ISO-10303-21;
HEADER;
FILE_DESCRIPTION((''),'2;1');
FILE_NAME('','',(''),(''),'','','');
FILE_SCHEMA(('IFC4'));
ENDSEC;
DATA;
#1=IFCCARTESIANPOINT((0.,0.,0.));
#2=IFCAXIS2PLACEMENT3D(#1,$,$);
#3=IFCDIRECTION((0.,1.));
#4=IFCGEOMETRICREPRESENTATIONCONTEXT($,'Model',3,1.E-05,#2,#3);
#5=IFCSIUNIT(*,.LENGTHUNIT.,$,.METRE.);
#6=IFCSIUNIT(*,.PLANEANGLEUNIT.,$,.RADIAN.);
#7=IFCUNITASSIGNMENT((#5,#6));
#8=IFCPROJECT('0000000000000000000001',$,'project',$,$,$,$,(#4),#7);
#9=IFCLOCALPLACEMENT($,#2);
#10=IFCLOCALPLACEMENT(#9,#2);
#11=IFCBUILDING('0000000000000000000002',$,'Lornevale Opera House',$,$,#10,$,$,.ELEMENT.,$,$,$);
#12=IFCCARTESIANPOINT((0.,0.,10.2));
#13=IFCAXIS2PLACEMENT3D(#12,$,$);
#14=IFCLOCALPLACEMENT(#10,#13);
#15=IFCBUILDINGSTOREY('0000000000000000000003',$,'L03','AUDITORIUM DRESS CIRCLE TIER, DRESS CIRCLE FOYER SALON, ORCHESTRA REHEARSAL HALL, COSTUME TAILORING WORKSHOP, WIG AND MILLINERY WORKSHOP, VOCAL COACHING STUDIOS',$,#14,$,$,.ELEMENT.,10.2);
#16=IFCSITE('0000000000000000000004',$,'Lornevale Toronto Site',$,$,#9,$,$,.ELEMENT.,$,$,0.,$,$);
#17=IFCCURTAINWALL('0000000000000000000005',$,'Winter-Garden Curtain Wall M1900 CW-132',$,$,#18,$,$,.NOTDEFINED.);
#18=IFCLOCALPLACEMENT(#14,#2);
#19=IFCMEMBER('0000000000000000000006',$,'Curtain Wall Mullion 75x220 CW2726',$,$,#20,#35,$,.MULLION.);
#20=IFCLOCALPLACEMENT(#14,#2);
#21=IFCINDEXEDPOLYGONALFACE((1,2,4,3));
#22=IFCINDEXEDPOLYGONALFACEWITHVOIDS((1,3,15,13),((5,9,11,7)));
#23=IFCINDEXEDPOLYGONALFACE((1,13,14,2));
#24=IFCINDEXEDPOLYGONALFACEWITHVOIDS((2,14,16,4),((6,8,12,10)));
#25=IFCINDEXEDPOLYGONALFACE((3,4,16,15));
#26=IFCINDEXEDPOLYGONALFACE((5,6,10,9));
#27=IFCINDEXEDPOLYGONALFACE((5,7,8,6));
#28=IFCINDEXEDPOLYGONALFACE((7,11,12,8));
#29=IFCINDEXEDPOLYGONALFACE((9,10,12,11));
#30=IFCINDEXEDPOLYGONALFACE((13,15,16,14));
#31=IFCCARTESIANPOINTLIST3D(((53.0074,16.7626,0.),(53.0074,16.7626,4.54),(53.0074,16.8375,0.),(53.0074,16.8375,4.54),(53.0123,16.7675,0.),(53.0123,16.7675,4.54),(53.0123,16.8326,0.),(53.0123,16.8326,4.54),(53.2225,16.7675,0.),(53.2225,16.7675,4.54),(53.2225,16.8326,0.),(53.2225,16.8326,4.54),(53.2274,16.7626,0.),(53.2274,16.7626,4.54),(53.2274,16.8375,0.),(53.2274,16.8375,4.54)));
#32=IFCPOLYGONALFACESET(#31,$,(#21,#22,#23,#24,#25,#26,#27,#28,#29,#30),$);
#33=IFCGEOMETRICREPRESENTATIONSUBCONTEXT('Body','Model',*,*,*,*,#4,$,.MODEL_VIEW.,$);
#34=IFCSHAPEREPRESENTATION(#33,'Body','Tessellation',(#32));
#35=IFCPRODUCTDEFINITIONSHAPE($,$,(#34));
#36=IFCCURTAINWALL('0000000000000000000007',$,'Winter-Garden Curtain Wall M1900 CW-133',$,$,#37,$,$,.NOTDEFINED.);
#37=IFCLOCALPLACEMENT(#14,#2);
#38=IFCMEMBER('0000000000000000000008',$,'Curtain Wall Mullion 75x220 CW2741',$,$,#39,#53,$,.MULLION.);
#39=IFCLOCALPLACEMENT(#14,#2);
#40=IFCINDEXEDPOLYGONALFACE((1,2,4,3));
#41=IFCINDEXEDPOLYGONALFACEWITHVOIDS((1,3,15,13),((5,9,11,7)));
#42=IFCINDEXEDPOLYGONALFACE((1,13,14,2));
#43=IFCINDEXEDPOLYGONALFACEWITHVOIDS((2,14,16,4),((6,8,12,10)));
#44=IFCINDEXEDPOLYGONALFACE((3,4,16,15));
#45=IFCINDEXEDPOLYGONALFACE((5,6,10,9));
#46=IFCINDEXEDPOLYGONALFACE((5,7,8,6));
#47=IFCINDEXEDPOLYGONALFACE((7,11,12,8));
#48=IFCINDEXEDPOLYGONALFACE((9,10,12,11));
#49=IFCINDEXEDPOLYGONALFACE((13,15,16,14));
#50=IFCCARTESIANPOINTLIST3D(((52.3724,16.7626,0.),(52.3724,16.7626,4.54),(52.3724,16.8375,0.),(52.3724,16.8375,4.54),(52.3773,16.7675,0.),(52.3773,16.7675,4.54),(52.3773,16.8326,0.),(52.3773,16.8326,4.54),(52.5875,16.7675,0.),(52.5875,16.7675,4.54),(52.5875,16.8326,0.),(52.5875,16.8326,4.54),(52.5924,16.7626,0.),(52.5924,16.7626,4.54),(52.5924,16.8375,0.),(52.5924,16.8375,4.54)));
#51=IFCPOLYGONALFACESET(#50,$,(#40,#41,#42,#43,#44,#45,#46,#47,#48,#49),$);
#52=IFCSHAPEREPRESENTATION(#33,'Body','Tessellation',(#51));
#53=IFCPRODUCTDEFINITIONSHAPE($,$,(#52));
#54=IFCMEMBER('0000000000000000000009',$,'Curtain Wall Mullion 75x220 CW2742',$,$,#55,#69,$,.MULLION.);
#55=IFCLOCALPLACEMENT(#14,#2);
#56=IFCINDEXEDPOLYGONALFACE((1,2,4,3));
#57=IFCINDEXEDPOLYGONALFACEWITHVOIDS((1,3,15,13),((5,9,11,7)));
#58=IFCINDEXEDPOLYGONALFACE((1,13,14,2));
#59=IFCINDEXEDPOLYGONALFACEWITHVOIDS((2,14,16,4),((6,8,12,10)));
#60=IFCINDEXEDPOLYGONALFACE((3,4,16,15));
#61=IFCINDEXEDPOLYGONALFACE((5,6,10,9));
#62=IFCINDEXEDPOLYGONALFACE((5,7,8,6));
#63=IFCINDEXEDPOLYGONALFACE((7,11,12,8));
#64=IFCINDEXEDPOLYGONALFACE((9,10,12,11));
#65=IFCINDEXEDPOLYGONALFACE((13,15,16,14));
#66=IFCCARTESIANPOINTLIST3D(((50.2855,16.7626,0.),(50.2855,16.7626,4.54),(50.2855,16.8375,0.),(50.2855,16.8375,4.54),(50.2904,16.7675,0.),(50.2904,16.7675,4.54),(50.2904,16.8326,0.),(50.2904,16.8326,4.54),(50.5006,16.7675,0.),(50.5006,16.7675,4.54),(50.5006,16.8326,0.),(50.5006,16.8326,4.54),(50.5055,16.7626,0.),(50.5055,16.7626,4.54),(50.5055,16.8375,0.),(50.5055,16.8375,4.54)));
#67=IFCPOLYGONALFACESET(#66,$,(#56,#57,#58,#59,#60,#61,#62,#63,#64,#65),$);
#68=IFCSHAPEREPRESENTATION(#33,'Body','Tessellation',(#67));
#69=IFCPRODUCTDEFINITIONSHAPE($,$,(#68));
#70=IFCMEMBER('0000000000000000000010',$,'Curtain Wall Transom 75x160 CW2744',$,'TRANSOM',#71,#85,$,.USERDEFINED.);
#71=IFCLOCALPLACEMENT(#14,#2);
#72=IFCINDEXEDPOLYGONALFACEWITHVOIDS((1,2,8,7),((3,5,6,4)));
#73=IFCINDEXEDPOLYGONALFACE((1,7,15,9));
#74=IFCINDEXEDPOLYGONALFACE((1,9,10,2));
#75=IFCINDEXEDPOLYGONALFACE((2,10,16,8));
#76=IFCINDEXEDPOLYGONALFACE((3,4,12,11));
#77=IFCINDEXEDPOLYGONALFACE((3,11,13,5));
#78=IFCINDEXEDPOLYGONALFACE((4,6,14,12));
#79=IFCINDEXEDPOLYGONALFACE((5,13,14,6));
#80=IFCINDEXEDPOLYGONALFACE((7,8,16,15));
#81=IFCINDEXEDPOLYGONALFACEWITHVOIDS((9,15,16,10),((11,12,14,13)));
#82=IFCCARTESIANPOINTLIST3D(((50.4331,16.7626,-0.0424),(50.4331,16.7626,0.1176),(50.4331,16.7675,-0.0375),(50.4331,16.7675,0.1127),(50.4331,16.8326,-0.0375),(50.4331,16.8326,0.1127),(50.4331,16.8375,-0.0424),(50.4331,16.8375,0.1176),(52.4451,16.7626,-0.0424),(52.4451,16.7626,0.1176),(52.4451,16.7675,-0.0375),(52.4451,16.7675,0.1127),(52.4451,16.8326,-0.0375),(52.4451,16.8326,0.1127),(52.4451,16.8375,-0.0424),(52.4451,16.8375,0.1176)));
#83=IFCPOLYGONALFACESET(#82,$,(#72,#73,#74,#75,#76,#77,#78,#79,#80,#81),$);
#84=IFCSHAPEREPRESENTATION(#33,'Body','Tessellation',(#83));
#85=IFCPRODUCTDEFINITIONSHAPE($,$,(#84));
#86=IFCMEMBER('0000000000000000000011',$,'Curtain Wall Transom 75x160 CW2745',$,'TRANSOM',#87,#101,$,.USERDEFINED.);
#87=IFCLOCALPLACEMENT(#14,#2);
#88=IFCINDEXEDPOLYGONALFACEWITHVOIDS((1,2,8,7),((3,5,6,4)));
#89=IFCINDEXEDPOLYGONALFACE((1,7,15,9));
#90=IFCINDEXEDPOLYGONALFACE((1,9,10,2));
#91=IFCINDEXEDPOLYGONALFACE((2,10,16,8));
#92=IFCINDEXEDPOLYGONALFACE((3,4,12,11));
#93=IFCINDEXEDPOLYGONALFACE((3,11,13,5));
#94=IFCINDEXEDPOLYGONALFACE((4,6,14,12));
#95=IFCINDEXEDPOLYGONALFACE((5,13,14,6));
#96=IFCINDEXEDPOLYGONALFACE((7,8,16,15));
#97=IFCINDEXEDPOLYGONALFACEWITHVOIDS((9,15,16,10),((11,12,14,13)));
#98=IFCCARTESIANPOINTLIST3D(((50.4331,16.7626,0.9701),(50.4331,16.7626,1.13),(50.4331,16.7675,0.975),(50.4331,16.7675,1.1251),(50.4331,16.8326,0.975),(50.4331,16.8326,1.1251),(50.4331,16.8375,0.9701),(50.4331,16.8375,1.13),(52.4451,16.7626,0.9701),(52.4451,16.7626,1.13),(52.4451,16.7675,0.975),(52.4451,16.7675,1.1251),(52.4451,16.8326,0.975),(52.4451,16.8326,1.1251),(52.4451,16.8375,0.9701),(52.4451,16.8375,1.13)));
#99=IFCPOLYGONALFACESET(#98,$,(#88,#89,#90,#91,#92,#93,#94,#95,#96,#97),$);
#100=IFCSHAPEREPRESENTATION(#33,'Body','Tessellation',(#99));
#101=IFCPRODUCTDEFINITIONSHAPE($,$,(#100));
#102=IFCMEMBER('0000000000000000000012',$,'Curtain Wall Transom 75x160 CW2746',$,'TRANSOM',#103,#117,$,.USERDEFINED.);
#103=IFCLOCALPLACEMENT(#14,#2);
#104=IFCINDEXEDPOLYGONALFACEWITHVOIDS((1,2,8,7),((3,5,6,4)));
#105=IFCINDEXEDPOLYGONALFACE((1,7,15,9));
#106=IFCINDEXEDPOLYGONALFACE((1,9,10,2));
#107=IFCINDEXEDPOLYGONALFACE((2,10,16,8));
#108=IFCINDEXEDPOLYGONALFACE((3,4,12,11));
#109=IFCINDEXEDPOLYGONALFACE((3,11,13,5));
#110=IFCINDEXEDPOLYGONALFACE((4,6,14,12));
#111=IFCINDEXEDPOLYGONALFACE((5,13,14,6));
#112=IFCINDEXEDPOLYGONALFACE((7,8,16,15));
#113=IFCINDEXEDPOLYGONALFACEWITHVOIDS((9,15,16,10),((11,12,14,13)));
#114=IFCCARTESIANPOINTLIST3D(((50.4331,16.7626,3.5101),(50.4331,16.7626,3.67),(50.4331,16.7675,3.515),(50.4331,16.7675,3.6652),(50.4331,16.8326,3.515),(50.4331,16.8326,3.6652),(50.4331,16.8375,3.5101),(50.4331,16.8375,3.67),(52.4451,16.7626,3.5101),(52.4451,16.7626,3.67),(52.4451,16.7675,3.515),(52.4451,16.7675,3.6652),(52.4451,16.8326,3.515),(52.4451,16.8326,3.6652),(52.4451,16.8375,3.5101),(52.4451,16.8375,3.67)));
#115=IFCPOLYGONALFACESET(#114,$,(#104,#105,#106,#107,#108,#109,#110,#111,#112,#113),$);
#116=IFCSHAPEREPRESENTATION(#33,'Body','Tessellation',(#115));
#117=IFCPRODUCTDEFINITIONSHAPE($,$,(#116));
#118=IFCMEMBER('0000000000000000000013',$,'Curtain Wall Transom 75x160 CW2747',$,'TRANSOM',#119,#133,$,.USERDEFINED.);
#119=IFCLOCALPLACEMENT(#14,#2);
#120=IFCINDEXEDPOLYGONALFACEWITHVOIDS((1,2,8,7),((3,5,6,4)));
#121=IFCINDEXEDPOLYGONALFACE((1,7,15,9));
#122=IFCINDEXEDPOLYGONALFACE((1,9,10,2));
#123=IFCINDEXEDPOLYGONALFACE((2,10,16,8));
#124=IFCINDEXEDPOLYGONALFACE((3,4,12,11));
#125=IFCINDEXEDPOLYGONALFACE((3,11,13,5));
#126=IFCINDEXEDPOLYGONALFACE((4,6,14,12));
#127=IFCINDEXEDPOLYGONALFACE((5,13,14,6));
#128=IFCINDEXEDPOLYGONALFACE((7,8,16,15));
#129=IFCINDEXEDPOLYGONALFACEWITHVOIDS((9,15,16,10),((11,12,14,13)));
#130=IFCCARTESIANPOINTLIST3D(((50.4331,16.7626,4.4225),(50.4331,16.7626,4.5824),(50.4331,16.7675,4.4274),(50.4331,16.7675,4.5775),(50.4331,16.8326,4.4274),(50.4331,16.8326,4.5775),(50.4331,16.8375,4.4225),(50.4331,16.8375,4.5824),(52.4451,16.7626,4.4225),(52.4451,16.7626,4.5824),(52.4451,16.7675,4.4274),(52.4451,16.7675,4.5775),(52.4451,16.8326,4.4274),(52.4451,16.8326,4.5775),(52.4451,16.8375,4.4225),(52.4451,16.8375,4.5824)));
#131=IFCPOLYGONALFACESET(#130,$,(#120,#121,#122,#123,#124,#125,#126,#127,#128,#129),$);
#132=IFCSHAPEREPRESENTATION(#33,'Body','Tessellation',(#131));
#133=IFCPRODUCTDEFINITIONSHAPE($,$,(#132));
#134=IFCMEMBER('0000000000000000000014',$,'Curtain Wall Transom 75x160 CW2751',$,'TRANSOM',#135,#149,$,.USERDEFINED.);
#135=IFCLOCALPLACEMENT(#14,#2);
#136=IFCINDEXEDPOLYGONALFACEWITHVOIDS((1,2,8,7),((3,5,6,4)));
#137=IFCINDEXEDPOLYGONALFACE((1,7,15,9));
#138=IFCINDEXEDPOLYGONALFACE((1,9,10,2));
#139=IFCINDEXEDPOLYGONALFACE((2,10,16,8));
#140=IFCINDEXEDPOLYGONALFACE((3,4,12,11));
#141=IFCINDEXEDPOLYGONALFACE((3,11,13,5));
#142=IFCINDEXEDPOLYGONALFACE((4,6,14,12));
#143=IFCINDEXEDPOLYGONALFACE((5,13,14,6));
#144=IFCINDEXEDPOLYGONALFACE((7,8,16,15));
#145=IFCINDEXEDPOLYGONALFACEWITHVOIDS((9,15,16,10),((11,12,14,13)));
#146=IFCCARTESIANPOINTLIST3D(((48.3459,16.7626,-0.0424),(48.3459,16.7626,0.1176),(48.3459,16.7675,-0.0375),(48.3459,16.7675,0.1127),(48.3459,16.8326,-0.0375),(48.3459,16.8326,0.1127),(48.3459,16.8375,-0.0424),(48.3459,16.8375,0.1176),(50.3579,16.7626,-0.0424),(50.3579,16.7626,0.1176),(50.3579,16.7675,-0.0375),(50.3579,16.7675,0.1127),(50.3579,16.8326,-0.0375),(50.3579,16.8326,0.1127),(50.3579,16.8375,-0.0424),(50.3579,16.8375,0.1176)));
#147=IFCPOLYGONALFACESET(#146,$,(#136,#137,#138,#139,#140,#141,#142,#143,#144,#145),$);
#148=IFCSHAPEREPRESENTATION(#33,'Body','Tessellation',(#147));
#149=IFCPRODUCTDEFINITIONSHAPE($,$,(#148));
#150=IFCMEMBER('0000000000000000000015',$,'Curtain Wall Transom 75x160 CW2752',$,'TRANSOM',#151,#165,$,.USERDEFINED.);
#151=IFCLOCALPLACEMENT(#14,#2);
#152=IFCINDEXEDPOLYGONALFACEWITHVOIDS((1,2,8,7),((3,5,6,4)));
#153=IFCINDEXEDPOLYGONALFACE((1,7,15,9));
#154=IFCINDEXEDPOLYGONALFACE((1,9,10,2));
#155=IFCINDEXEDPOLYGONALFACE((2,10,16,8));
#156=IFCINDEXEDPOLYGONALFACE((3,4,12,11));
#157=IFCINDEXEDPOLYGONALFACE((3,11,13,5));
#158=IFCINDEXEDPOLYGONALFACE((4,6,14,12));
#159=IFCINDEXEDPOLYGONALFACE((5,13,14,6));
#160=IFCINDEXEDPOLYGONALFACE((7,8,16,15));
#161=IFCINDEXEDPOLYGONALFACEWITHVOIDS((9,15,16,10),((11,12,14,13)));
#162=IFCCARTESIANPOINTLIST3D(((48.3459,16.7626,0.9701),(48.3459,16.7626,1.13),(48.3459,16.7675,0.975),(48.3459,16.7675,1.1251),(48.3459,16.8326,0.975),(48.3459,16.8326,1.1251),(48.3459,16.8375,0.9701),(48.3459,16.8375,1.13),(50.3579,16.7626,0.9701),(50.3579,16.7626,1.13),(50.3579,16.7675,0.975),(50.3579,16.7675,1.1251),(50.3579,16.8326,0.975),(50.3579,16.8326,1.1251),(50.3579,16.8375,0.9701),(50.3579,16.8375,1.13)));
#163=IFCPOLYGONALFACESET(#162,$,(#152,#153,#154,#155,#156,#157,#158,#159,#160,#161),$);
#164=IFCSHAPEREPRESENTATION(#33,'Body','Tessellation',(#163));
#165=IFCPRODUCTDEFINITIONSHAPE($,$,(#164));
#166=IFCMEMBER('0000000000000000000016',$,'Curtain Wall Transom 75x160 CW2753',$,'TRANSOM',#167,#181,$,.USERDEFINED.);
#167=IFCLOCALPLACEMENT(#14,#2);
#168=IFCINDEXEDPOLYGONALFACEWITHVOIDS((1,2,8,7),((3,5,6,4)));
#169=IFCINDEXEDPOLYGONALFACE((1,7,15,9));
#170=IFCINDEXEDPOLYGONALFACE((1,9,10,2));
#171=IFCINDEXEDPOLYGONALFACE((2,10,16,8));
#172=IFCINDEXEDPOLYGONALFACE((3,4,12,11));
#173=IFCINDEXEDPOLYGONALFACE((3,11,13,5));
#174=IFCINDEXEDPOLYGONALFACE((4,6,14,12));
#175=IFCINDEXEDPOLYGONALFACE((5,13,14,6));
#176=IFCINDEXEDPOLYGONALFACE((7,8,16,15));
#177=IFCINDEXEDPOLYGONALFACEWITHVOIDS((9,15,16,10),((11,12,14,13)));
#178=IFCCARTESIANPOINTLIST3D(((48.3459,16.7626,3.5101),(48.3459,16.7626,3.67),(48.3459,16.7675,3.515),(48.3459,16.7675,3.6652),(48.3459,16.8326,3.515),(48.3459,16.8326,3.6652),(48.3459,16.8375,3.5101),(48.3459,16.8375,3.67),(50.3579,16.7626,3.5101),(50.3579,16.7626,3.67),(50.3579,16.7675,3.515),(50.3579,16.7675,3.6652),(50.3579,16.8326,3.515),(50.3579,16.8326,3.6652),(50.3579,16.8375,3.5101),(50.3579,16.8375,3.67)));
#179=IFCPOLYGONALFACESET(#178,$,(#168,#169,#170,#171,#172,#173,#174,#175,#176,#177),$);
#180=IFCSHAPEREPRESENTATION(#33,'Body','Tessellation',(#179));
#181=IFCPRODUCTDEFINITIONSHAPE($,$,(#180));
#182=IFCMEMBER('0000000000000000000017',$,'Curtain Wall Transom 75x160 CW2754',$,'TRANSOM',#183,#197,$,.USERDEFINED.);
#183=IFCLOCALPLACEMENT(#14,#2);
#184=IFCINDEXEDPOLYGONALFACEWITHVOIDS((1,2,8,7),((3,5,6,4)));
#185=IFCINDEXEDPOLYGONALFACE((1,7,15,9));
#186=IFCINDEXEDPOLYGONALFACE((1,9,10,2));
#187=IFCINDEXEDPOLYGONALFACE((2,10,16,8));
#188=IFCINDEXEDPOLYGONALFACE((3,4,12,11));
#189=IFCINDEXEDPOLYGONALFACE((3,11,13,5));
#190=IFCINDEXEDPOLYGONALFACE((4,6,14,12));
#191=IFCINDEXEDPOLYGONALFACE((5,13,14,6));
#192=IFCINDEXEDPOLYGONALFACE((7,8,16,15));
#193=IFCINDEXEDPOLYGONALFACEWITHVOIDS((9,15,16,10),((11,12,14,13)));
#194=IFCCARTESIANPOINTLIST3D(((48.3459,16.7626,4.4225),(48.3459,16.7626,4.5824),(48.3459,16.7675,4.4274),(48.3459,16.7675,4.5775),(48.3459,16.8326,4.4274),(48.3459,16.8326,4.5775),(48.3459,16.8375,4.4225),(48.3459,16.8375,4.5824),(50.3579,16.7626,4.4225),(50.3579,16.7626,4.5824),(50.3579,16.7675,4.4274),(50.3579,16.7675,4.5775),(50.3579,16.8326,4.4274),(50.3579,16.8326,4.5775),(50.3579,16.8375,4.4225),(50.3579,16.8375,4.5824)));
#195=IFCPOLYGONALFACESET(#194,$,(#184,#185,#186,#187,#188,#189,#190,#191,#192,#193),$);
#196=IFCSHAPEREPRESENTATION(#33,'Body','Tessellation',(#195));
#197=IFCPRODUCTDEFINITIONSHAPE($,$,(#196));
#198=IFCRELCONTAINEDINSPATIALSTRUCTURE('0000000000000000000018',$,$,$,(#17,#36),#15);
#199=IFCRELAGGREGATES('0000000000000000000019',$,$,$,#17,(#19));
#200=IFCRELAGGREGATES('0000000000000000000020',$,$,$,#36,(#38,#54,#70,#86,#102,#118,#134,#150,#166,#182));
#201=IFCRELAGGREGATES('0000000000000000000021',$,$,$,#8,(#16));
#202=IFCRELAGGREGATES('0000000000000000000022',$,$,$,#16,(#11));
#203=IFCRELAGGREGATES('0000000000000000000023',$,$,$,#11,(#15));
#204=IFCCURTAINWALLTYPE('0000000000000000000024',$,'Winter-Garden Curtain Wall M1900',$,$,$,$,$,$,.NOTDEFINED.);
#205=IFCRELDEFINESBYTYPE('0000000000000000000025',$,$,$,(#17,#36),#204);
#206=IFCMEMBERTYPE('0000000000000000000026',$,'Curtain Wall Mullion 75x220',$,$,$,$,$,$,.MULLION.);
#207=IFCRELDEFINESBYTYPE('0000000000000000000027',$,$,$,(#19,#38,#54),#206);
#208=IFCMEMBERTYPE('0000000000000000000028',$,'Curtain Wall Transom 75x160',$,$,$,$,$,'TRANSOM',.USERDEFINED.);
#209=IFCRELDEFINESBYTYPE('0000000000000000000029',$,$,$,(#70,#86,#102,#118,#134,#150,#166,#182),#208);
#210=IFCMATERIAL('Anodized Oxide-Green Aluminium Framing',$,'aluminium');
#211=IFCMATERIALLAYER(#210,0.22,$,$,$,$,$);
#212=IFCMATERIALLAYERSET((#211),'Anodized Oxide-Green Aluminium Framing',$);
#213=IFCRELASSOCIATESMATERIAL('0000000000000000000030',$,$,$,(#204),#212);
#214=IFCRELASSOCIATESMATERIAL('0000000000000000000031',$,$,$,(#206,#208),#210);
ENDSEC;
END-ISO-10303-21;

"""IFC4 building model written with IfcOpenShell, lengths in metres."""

from ifc_helpers import new_model, si_unit, direction, frame, origin, origin_2d, place, context, subcontext, project, spatial, hollow_rectangle, extrude, material, layer, layer_set, material_profile, profile_set, type_object, element, aggregate, save


model = new_model("IFC4")

# Units and contexts
model_context = context("Model", 3, precision=1e-05, world=origin(), true_north=direction((0.0, 1.0)))
body_context = subcontext(model_context, "Body", "Model", "MODEL_VIEW")
ifc_project = project(units=[si_unit("LENGTHUNIT", "METRE"), si_unit("PLANEANGLEUNIT", "RADIAN")], contexts=[model_context])

# Site, building, storey
site_placement = place(None, origin())
site = spatial("IfcSite", under=ifc_project, at=site_placement, Name="Lornevale Toronto Site", CompositionType="ELEMENT", RefElevation=0.0)
building_placement = place(site_placement, origin())
building = spatial("IfcBuilding", under=site, at=building_placement, Name="Lornevale Opera House", CompositionType="ELEMENT")
storey_placement = place(building_placement, frame((0.0, 0.0, 10.2)))
storey = spatial("IfcBuildingStorey", under=building, at=storey_placement, Name="L03", Description="AUDITORIUM DRESS CIRCLE TIER, DRESS CIRCLE FOYER SALON, ORCHESTRA REHEARSAL HALL, COSTUME TAILORING WORKSHOP, WIG AND MILLINERY WORKSHOP, VOCAL COACHING STUDIOS", CompositionType="ELEMENT", Elevation=10.2)

# Curtain wall, member
ifc_material_1 = material(Name="Anodized Oxide-Green Aluminium Framing", Category="aluminium")
ifc_layer_1 = layer(ifc_material_1, 0.22)
ifc_layer_set_1 = layer_set([ifc_layer_1], Name="Anodized Oxide-Green Aluminium Framing")
curtain_wall_type = type_object("IfcCurtainWallType", Name="Winter-Garden Curtain Wall M1900", PredefinedType="NOTDEFINED", material=ifc_layer_set_1)
curtain_wall_1_placement = place(storey_placement, origin())
curtain_wall_1 = element("IfcCurtainWall", 1, at=curtain_wall_1_placement, inside=storey, type_object=curtain_wall_type, Name="Winter-Garden Curtain Wall M1900 CW-132", PredefinedType="NOTDEFINED")
ifc_material_profile_1 = material_profile(ifc_material_1, hollow_rectangle(XDim=0.075, YDim=0.22, WallThickness=0.0049, at=origin_2d()), Name="ALU75x220x5")
ifc_profile_set_1 = profile_set([ifc_material_profile_1], Name="Anodized Oxide-Green Aluminium Framing")
member_type_1 = type_object("IfcMemberType", Name="Curtain Wall Mullion 75x220", PredefinedType="MULLION", material=ifc_profile_set_1)
member_1_placement = place(storey_placement, frame((53.1174, 16.8, 0.0), z_axis=(0.0, 0.0, 1.0), x_axis=(0.0, -1.0, 0.0)))
member_1 = element("IfcMember", 2, at=member_1_placement, type_object=member_type_1, Name="Curtain Wall Mullion 75x220 CW2726", PredefinedType="MULLION", context=body_context, shape_type="SweptSolid", body=[
    extrude(hollow_rectangle(XDim=0.075, YDim=0.22, WallThickness=0.0049, at=origin_2d()), origin(), (0.0, 0.0, 1.0), 4.54),
])
aggregate(curtain_wall_1, [member_1])

# Curtain wall, members
curtain_wall_2_placement = place(storey_placement, origin())
curtain_wall_2 = element("IfcCurtainWall", 3, at=curtain_wall_2_placement, inside=storey, type_object=curtain_wall_type, Name="Winter-Garden Curtain Wall M1900 CW-133", PredefinedType="NOTDEFINED")
member_2_placement = place(storey_placement, frame((52.4824, 16.8, 0.0), z_axis=(0.0, 0.0, 1.0), x_axis=(0.0, -1.0, 0.0)))
member_2 = element("IfcMember", 4, at=member_2_placement, type_object=member_type_1, Name="Curtain Wall Mullion 75x220 CW2741", PredefinedType="MULLION", context=body_context, shape_type="SweptSolid", body=[
    extrude(hollow_rectangle(XDim=0.075, YDim=0.22, WallThickness=0.0049, at=origin_2d()), origin(), (0.0, 0.0, 1.0), 4.54),
])
member_3_placement = place(storey_placement, frame((50.3955, 16.8, 0.0), z_axis=(0.0, 0.0, 1.0), x_axis=(0.0, -1.0, 0.0)))
member_3 = element("IfcMember", 5, at=member_3_placement, type_object=member_type_1, Name="Curtain Wall Mullion 75x220 CW2742", PredefinedType="MULLION", context=body_context, shape_type="SweptSolid", body=[
    extrude(hollow_rectangle(XDim=0.075, YDim=0.22, WallThickness=0.0049, at=origin_2d()), origin(), (0.0, 0.0, 1.0), 4.54),
])
ifc_material_profile_2 = material_profile(ifc_material_1, hollow_rectangle(XDim=0.075, YDim=0.1599, WallThickness=0.0049, at=origin_2d()), Name="ALU75x160x5")
ifc_profile_set_2 = profile_set([ifc_material_profile_2], Name="Anodized Oxide-Green Aluminium Framing")
member_type_2 = type_object("IfcMemberType", Name="Curtain Wall Transom 75x160", ElementType="TRANSOM", PredefinedType="USERDEFINED", material=ifc_profile_set_2)
member_4_placement = place(storey_placement, frame((52.4451, 16.8, 0.0376), z_axis=(-1.0, 0.0, 0.0), x_axis=(0.0, -1.0, 0.0)))
member_4 = element("IfcMember", 6, at=member_4_placement, type_object=member_type_2, Name="Curtain Wall Transom 75x160 CW2744", ObjectType="TRANSOM", PredefinedType="USERDEFINED", context=body_context, shape_type="SweptSolid", body=[
    extrude(hollow_rectangle(XDim=0.075, YDim=0.1599, WallThickness=0.0049, at=origin_2d()), origin(), (0.0, 0.0, 1.0), 2.012),
])
member_5_placement = place(storey_placement, frame((52.4451, 16.8, 1.05), z_axis=(-1.0, 0.0, 0.0), x_axis=(0.0, -1.0, 0.0)))
member_5 = element("IfcMember", 7, at=member_5_placement, type_object=member_type_2, Name="Curtain Wall Transom 75x160 CW2745", ObjectType="TRANSOM", PredefinedType="USERDEFINED", context=body_context, shape_type="SweptSolid", body=[
    extrude(hollow_rectangle(XDim=0.075, YDim=0.1599, WallThickness=0.0049, at=origin_2d()), origin(), (0.0, 0.0, 1.0), 2.012),
])
member_6_placement = place(storey_placement, frame((52.4451, 16.8, 3.5901), z_axis=(-1.0, 0.0, 0.0), x_axis=(0.0, -1.0, 0.0)))
member_6 = element("IfcMember", 8, at=member_6_placement, type_object=member_type_2, Name="Curtain Wall Transom 75x160 CW2746", ObjectType="TRANSOM", PredefinedType="USERDEFINED", context=body_context, shape_type="SweptSolid", body=[
    extrude(hollow_rectangle(XDim=0.075, YDim=0.1599, WallThickness=0.0049, at=origin_2d()), origin(), (0.0, 0.0, 1.0), 2.012),
])
member_7_placement = place(storey_placement, frame((52.4451, 16.8, 4.5024), z_axis=(-1.0, 0.0, 0.0), x_axis=(0.0, -1.0, 0.0)))
member_7 = element("IfcMember", 9, at=member_7_placement, type_object=member_type_2, Name="Curtain Wall Transom 75x160 CW2747", ObjectType="TRANSOM", PredefinedType="USERDEFINED", context=body_context, shape_type="SweptSolid", body=[
    extrude(hollow_rectangle(XDim=0.075, YDim=0.1599, WallThickness=0.0049, at=origin_2d()), origin(), (0.0, 0.0, 1.0), 2.012),
])
member_8_placement = place(storey_placement, frame((50.3579, 16.8, 0.0376), z_axis=(-1.0, 0.0, 0.0), x_axis=(0.0, -1.0, 0.0)))
member_8 = element("IfcMember", 10, at=member_8_placement, type_object=member_type_2, Name="Curtain Wall Transom 75x160 CW2751", ObjectType="TRANSOM", PredefinedType="USERDEFINED", context=body_context, shape_type="SweptSolid", body=[
    extrude(hollow_rectangle(XDim=0.075, YDim=0.1599, WallThickness=0.0049, at=origin_2d()), origin(), (0.0, 0.0, 1.0), 2.012),
])
member_9_placement = place(storey_placement, frame((50.3579, 16.8, 1.05), z_axis=(-1.0, 0.0, 0.0), x_axis=(0.0, -1.0, 0.0)))
member_9 = element("IfcMember", 11, at=member_9_placement, type_object=member_type_2, Name="Curtain Wall Transom 75x160 CW2752", ObjectType="TRANSOM", PredefinedType="USERDEFINED", context=body_context, shape_type="SweptSolid", body=[
    extrude(hollow_rectangle(XDim=0.075, YDim=0.1599, WallThickness=0.0049, at=origin_2d()), origin(), (0.0, 0.0, 1.0), 2.012),
])
member_10_placement = place(storey_placement, frame((50.3579, 16.8, 3.5901), z_axis=(-1.0, 0.0, 0.0), x_axis=(0.0, -1.0, 0.0)))
member_10 = element("IfcMember", 12, at=member_10_placement, type_object=member_type_2, Name="Curtain Wall Transom 75x160 CW2753", ObjectType="TRANSOM", PredefinedType="USERDEFINED", context=body_context, shape_type="SweptSolid", body=[
    extrude(hollow_rectangle(XDim=0.075, YDim=0.1599, WallThickness=0.0049, at=origin_2d()), origin(), (0.0, 0.0, 1.0), 2.012),
])
member_11_placement = place(storey_placement, frame((50.3579, 16.8, 4.5024), z_axis=(-1.0, 0.0, 0.0), x_axis=(0.0, -1.0, 0.0)))
member_11 = element("IfcMember", 13, at=member_11_placement, type_object=member_type_2, Name="Curtain Wall Transom 75x160 CW2754", ObjectType="TRANSOM", PredefinedType="USERDEFINED", context=body_context, shape_type="SweptSolid", body=[
    extrude(hollow_rectangle(XDim=0.075, YDim=0.1599, WallThickness=0.0049, at=origin_2d()), origin(), (0.0, 0.0, 1.0), 2.012),
])
aggregate(curtain_wall_2, [member_2, member_3, member_4, member_5, member_6, member_7, member_8, member_9, member_10, member_11])

save(model, "model.ifc")
